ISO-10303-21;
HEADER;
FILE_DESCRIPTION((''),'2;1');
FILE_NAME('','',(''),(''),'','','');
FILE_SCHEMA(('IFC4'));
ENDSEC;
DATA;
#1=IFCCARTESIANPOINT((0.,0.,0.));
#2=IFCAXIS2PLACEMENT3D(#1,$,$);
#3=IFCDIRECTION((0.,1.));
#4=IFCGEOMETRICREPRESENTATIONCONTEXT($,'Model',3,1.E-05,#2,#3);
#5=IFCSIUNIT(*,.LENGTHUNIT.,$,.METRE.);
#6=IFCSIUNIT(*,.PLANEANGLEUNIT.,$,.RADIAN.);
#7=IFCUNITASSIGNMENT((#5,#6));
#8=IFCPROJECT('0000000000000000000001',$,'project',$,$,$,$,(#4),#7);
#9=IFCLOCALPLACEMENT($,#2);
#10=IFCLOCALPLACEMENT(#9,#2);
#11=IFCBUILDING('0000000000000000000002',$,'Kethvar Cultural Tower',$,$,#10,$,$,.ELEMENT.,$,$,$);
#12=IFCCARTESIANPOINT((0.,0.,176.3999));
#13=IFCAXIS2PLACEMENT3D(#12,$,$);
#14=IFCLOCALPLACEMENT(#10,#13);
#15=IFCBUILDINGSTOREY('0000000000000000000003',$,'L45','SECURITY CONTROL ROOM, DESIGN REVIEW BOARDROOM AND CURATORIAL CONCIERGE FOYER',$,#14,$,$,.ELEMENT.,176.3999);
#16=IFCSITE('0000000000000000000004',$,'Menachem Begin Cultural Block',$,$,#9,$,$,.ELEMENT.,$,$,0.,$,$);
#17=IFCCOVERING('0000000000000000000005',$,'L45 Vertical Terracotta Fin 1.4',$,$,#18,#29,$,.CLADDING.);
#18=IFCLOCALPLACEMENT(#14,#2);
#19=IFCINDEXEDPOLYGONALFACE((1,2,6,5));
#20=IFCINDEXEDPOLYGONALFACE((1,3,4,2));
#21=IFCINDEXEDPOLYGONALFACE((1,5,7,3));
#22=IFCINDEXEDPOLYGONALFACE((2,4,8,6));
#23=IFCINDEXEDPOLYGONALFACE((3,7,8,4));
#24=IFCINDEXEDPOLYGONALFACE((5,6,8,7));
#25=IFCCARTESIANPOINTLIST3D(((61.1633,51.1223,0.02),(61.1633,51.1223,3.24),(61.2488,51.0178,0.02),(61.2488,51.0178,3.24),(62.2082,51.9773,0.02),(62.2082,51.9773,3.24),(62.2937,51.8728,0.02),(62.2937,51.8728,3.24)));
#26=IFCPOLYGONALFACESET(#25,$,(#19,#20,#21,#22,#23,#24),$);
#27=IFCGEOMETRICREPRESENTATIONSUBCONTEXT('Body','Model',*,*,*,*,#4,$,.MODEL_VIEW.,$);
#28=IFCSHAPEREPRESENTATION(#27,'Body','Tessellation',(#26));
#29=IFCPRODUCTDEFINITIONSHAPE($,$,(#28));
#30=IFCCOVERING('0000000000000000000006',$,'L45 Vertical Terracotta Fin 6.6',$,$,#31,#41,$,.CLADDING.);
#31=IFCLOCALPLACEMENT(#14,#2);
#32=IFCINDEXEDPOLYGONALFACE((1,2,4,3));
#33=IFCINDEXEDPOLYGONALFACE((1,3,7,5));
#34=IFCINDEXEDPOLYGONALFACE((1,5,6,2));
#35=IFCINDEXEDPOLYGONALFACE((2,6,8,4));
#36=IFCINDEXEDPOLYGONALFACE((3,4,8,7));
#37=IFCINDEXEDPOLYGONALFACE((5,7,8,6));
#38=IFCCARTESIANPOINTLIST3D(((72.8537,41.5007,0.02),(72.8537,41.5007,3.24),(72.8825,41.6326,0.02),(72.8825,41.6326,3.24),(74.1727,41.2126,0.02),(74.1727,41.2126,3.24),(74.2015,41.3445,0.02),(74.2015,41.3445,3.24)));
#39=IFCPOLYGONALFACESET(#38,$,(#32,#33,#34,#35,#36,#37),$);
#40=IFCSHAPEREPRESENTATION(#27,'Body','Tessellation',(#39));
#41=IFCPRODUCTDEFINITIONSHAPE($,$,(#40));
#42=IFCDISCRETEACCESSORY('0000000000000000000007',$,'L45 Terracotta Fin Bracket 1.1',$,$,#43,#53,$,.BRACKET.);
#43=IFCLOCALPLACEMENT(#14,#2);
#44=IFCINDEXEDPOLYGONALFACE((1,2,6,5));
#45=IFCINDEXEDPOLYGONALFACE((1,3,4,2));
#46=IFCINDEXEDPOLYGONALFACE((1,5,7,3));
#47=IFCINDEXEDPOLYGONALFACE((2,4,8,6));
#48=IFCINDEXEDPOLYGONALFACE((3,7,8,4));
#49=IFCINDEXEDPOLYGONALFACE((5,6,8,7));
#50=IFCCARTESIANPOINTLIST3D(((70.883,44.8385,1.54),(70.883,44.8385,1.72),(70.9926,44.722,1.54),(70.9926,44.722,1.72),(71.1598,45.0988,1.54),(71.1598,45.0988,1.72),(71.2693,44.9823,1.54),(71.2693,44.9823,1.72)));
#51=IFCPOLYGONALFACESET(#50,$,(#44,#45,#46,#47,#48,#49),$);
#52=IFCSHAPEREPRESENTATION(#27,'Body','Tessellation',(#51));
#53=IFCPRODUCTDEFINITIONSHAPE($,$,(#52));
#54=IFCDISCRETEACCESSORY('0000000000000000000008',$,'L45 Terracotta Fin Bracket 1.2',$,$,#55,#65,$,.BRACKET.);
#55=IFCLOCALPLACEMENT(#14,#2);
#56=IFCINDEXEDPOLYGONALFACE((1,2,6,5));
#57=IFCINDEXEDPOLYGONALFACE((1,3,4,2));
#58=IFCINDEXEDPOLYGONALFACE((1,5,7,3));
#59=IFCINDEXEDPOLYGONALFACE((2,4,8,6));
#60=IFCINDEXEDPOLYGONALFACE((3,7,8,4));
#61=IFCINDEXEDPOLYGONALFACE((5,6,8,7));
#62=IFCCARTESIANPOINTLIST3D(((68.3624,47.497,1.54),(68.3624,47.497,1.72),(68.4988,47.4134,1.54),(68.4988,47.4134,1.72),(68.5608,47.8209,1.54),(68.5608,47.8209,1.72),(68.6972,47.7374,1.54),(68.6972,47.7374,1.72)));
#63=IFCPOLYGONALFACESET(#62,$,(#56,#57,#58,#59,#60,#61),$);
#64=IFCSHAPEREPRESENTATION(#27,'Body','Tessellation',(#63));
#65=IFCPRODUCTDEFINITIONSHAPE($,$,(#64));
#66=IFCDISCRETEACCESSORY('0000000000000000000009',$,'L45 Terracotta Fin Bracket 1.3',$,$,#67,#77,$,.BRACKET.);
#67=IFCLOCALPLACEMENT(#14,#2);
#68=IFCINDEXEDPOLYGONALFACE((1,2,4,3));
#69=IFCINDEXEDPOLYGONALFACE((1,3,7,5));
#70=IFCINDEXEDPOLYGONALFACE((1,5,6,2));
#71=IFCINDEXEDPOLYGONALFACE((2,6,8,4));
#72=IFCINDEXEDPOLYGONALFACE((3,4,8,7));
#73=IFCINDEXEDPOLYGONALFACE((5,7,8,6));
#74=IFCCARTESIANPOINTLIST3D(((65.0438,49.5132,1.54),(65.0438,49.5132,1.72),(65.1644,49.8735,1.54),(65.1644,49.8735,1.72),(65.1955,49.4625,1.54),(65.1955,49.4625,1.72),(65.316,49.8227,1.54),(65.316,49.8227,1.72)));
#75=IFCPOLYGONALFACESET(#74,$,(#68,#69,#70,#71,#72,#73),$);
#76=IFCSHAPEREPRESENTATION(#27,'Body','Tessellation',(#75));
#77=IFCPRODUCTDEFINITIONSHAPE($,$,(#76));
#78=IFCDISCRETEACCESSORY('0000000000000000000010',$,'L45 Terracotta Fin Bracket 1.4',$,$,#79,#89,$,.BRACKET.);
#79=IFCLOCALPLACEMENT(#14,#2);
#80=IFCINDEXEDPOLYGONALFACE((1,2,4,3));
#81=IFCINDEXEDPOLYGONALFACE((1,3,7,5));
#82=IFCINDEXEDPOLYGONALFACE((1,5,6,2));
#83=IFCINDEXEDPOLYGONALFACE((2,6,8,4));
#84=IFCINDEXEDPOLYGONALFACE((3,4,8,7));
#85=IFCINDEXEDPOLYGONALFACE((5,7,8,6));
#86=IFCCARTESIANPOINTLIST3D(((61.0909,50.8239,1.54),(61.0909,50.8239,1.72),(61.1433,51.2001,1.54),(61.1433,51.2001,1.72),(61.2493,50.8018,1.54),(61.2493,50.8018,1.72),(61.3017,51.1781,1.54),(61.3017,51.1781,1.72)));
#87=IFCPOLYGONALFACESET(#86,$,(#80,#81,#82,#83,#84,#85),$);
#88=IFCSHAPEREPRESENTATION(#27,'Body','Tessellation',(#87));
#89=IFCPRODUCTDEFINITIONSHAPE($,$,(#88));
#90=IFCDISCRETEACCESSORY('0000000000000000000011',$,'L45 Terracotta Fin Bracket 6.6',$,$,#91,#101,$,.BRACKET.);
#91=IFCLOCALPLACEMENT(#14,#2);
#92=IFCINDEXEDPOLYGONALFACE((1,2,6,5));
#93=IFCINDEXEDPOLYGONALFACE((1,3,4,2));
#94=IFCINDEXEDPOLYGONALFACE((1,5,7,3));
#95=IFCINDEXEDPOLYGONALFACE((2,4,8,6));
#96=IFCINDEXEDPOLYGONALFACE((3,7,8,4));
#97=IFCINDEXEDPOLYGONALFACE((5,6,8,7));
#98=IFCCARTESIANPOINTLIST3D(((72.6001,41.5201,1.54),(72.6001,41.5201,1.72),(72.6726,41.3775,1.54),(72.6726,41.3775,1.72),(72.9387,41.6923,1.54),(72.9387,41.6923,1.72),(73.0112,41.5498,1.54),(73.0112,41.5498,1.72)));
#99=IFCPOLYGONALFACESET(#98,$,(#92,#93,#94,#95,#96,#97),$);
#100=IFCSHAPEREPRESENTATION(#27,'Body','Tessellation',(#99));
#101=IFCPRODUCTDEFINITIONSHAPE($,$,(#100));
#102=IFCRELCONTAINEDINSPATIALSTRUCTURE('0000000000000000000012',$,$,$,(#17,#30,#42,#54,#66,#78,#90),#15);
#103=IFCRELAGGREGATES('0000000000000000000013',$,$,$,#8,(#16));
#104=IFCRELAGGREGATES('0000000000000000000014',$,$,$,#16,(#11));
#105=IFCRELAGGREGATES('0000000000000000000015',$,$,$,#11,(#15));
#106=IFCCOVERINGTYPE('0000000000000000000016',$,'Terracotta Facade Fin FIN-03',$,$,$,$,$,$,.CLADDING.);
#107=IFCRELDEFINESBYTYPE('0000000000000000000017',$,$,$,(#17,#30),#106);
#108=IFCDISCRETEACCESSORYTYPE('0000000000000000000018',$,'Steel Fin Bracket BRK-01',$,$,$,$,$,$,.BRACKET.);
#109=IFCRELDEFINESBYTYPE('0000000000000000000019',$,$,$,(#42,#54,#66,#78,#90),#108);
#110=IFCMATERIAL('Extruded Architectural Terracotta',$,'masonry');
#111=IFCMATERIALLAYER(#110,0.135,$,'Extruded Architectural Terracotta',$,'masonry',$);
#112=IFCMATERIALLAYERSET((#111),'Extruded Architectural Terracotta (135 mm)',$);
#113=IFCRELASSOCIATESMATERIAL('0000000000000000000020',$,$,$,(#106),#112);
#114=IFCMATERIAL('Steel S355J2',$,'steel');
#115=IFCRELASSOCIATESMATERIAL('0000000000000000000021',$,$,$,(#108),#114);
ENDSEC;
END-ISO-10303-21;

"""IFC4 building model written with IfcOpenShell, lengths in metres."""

from ifc_helpers import new_model, si_unit, direction, frame, origin, origin_2d, place, context, subcontext, project, spatial, rectangle, extrude, source, transform, mapped, material, layer, layer_set, type_object, element, save


model = new_model("IFC4")

# Units and contexts
model_context = context("Model", 3, precision=1e-05, world=origin(), true_north=direction((0.0, 1.0)))
body_context = subcontext(model_context, "Body", "Model", "MODEL_VIEW")
ifc_project = project(units=[si_unit("LENGTHUNIT", "METRE"), si_unit("PLANEANGLEUNIT", "RADIAN")], contexts=[model_context])

# Site, building, storey
site_placement = place(None, origin())
site = spatial("IfcSite", under=ifc_project, at=site_placement, Name="Menachem Begin Cultural Block", CompositionType="ELEMENT", RefElevation=0.0)
building_placement = place(site_placement, origin())
building = spatial("IfcBuilding", under=site, at=building_placement, Name="Kethvar Cultural Tower", CompositionType="ELEMENT")
storey_placement = place(building_placement, frame((0.0, 0.0, 176.3999)))
storey = spatial("IfcBuildingStorey", under=building, at=storey_placement, Name="L45", Description="SECURITY CONTROL ROOM, DESIGN REVIEW BOARDROOM AND CURATORIAL CONCIERGE FOYER", CompositionType="ELEMENT", Elevation=176.3999)

# Shared definitions
ifc_material_1 = material(Name="Steel S355J2", Category="steel")

# Coverings
ifc_material_2 = material(Name="Extruded Architectural Terracotta", Category="masonry")
ifc_layer_1 = layer(ifc_material_2, 0.135, Name="Extruded Architectural Terracotta", Category="masonry")
ifc_layer_set_1 = layer_set([ifc_layer_1], Name="Extruded Architectural Terracotta (135 mm)")
covering_type = type_object("IfcCoveringType", Name="Terracotta Facade Fin FIN-03", PredefinedType="CLADDING", material=ifc_layer_set_1)
shared_shape_1 = source(origin(), body_context, "Body", "SweptSolid", [
    extrude(rectangle(XDim=1.3501, YDim=0.135, at=origin_2d()), origin(), (0.0, 0.0, 1.0), 3.22),
])
for number, where, z_axis, x_axis, name in (
    (1, (61.7285, 51.4976, 0.02), (0.0, 0.0, 1.0), (0.773951, 0.633246, 0.0), "L45 Vertical Terracotta Fin 1.4"),
    (2, (73.5276, 41.4226, 0.02), (0.0, 0.0, 1.0), (0.976971, -0.213371, 0.0), "L45 Vertical Terracotta Fin 6.6"),
):
    element("IfcCovering", number, at=place(storey_placement, frame(where, z_axis=z_axis, x_axis=x_axis)), inside=storey, type_object=covering_type, Name=name, PredefinedType="CLADDING", context=body_context, shape_type="MappedRepresentation", body=[
        mapped(shared_shape_1, transform((0.0, 0.0, 0.0), scale=1.0)),
    ])

# Discrete accessories
discrete_accessory_type = type_object("IfcDiscreteAccessoryType", Name="Steel Fin Bracket BRK-01", PredefinedType="BRACKET", material=ifc_material_1)
shared_shape_2 = source(origin(), body_context, "Body", "SweptSolid", [
    extrude(rectangle(XDim=0.3799, YDim=0.1599, at=origin_2d()), origin(), (0.0, 0.0, 1.0), 0.1799),
])
for number, where, z_axis, x_axis, name in (
    (3, (71.0762, 44.9104, 1.54), (0.0, 0.0, 1.0), (0.728491, 0.685056, 0.0), "L45 Terracotta Fin Bracket 1.1"),
    (4, (68.5298, 47.6172, 1.54), (0.0, 0.0, 1.0), (0.522201, 0.852822, 0.0), "L45 Terracotta Fin Bracket 1.2"),
    (5, (65.1799, 49.668, 1.54), (0.0, 0.0, 1.0), (0.317305, 0.948324, 0.0), "L45 Terracotta Fin Bracket 1.3"),
    (6, (61.1963, 51.001, 1.54), (0.0, 0.0, 1.0), (0.137963, 0.990437, 0.0), "L45 Terracotta Fin Bracket 1.4"),
    (7, (72.8057, 41.5349, 1.54), (0.0, 0.0, 1.0), (0.891323, 0.453368, 0.0), "L45 Terracotta Fin Bracket 6.6"),
):
    element("IfcDiscreteAccessory", number, at=place(storey_placement, frame(where, z_axis=z_axis, x_axis=x_axis)), inside=storey, type_object=discrete_accessory_type, Name=name, PredefinedType="BRACKET", context=body_context, shape_type="MappedRepresentation", body=[
        mapped(shared_shape_2, transform((0.0, 0.0, 0.0), scale=1.0)),
    ])

save(model, "model.ifc")
